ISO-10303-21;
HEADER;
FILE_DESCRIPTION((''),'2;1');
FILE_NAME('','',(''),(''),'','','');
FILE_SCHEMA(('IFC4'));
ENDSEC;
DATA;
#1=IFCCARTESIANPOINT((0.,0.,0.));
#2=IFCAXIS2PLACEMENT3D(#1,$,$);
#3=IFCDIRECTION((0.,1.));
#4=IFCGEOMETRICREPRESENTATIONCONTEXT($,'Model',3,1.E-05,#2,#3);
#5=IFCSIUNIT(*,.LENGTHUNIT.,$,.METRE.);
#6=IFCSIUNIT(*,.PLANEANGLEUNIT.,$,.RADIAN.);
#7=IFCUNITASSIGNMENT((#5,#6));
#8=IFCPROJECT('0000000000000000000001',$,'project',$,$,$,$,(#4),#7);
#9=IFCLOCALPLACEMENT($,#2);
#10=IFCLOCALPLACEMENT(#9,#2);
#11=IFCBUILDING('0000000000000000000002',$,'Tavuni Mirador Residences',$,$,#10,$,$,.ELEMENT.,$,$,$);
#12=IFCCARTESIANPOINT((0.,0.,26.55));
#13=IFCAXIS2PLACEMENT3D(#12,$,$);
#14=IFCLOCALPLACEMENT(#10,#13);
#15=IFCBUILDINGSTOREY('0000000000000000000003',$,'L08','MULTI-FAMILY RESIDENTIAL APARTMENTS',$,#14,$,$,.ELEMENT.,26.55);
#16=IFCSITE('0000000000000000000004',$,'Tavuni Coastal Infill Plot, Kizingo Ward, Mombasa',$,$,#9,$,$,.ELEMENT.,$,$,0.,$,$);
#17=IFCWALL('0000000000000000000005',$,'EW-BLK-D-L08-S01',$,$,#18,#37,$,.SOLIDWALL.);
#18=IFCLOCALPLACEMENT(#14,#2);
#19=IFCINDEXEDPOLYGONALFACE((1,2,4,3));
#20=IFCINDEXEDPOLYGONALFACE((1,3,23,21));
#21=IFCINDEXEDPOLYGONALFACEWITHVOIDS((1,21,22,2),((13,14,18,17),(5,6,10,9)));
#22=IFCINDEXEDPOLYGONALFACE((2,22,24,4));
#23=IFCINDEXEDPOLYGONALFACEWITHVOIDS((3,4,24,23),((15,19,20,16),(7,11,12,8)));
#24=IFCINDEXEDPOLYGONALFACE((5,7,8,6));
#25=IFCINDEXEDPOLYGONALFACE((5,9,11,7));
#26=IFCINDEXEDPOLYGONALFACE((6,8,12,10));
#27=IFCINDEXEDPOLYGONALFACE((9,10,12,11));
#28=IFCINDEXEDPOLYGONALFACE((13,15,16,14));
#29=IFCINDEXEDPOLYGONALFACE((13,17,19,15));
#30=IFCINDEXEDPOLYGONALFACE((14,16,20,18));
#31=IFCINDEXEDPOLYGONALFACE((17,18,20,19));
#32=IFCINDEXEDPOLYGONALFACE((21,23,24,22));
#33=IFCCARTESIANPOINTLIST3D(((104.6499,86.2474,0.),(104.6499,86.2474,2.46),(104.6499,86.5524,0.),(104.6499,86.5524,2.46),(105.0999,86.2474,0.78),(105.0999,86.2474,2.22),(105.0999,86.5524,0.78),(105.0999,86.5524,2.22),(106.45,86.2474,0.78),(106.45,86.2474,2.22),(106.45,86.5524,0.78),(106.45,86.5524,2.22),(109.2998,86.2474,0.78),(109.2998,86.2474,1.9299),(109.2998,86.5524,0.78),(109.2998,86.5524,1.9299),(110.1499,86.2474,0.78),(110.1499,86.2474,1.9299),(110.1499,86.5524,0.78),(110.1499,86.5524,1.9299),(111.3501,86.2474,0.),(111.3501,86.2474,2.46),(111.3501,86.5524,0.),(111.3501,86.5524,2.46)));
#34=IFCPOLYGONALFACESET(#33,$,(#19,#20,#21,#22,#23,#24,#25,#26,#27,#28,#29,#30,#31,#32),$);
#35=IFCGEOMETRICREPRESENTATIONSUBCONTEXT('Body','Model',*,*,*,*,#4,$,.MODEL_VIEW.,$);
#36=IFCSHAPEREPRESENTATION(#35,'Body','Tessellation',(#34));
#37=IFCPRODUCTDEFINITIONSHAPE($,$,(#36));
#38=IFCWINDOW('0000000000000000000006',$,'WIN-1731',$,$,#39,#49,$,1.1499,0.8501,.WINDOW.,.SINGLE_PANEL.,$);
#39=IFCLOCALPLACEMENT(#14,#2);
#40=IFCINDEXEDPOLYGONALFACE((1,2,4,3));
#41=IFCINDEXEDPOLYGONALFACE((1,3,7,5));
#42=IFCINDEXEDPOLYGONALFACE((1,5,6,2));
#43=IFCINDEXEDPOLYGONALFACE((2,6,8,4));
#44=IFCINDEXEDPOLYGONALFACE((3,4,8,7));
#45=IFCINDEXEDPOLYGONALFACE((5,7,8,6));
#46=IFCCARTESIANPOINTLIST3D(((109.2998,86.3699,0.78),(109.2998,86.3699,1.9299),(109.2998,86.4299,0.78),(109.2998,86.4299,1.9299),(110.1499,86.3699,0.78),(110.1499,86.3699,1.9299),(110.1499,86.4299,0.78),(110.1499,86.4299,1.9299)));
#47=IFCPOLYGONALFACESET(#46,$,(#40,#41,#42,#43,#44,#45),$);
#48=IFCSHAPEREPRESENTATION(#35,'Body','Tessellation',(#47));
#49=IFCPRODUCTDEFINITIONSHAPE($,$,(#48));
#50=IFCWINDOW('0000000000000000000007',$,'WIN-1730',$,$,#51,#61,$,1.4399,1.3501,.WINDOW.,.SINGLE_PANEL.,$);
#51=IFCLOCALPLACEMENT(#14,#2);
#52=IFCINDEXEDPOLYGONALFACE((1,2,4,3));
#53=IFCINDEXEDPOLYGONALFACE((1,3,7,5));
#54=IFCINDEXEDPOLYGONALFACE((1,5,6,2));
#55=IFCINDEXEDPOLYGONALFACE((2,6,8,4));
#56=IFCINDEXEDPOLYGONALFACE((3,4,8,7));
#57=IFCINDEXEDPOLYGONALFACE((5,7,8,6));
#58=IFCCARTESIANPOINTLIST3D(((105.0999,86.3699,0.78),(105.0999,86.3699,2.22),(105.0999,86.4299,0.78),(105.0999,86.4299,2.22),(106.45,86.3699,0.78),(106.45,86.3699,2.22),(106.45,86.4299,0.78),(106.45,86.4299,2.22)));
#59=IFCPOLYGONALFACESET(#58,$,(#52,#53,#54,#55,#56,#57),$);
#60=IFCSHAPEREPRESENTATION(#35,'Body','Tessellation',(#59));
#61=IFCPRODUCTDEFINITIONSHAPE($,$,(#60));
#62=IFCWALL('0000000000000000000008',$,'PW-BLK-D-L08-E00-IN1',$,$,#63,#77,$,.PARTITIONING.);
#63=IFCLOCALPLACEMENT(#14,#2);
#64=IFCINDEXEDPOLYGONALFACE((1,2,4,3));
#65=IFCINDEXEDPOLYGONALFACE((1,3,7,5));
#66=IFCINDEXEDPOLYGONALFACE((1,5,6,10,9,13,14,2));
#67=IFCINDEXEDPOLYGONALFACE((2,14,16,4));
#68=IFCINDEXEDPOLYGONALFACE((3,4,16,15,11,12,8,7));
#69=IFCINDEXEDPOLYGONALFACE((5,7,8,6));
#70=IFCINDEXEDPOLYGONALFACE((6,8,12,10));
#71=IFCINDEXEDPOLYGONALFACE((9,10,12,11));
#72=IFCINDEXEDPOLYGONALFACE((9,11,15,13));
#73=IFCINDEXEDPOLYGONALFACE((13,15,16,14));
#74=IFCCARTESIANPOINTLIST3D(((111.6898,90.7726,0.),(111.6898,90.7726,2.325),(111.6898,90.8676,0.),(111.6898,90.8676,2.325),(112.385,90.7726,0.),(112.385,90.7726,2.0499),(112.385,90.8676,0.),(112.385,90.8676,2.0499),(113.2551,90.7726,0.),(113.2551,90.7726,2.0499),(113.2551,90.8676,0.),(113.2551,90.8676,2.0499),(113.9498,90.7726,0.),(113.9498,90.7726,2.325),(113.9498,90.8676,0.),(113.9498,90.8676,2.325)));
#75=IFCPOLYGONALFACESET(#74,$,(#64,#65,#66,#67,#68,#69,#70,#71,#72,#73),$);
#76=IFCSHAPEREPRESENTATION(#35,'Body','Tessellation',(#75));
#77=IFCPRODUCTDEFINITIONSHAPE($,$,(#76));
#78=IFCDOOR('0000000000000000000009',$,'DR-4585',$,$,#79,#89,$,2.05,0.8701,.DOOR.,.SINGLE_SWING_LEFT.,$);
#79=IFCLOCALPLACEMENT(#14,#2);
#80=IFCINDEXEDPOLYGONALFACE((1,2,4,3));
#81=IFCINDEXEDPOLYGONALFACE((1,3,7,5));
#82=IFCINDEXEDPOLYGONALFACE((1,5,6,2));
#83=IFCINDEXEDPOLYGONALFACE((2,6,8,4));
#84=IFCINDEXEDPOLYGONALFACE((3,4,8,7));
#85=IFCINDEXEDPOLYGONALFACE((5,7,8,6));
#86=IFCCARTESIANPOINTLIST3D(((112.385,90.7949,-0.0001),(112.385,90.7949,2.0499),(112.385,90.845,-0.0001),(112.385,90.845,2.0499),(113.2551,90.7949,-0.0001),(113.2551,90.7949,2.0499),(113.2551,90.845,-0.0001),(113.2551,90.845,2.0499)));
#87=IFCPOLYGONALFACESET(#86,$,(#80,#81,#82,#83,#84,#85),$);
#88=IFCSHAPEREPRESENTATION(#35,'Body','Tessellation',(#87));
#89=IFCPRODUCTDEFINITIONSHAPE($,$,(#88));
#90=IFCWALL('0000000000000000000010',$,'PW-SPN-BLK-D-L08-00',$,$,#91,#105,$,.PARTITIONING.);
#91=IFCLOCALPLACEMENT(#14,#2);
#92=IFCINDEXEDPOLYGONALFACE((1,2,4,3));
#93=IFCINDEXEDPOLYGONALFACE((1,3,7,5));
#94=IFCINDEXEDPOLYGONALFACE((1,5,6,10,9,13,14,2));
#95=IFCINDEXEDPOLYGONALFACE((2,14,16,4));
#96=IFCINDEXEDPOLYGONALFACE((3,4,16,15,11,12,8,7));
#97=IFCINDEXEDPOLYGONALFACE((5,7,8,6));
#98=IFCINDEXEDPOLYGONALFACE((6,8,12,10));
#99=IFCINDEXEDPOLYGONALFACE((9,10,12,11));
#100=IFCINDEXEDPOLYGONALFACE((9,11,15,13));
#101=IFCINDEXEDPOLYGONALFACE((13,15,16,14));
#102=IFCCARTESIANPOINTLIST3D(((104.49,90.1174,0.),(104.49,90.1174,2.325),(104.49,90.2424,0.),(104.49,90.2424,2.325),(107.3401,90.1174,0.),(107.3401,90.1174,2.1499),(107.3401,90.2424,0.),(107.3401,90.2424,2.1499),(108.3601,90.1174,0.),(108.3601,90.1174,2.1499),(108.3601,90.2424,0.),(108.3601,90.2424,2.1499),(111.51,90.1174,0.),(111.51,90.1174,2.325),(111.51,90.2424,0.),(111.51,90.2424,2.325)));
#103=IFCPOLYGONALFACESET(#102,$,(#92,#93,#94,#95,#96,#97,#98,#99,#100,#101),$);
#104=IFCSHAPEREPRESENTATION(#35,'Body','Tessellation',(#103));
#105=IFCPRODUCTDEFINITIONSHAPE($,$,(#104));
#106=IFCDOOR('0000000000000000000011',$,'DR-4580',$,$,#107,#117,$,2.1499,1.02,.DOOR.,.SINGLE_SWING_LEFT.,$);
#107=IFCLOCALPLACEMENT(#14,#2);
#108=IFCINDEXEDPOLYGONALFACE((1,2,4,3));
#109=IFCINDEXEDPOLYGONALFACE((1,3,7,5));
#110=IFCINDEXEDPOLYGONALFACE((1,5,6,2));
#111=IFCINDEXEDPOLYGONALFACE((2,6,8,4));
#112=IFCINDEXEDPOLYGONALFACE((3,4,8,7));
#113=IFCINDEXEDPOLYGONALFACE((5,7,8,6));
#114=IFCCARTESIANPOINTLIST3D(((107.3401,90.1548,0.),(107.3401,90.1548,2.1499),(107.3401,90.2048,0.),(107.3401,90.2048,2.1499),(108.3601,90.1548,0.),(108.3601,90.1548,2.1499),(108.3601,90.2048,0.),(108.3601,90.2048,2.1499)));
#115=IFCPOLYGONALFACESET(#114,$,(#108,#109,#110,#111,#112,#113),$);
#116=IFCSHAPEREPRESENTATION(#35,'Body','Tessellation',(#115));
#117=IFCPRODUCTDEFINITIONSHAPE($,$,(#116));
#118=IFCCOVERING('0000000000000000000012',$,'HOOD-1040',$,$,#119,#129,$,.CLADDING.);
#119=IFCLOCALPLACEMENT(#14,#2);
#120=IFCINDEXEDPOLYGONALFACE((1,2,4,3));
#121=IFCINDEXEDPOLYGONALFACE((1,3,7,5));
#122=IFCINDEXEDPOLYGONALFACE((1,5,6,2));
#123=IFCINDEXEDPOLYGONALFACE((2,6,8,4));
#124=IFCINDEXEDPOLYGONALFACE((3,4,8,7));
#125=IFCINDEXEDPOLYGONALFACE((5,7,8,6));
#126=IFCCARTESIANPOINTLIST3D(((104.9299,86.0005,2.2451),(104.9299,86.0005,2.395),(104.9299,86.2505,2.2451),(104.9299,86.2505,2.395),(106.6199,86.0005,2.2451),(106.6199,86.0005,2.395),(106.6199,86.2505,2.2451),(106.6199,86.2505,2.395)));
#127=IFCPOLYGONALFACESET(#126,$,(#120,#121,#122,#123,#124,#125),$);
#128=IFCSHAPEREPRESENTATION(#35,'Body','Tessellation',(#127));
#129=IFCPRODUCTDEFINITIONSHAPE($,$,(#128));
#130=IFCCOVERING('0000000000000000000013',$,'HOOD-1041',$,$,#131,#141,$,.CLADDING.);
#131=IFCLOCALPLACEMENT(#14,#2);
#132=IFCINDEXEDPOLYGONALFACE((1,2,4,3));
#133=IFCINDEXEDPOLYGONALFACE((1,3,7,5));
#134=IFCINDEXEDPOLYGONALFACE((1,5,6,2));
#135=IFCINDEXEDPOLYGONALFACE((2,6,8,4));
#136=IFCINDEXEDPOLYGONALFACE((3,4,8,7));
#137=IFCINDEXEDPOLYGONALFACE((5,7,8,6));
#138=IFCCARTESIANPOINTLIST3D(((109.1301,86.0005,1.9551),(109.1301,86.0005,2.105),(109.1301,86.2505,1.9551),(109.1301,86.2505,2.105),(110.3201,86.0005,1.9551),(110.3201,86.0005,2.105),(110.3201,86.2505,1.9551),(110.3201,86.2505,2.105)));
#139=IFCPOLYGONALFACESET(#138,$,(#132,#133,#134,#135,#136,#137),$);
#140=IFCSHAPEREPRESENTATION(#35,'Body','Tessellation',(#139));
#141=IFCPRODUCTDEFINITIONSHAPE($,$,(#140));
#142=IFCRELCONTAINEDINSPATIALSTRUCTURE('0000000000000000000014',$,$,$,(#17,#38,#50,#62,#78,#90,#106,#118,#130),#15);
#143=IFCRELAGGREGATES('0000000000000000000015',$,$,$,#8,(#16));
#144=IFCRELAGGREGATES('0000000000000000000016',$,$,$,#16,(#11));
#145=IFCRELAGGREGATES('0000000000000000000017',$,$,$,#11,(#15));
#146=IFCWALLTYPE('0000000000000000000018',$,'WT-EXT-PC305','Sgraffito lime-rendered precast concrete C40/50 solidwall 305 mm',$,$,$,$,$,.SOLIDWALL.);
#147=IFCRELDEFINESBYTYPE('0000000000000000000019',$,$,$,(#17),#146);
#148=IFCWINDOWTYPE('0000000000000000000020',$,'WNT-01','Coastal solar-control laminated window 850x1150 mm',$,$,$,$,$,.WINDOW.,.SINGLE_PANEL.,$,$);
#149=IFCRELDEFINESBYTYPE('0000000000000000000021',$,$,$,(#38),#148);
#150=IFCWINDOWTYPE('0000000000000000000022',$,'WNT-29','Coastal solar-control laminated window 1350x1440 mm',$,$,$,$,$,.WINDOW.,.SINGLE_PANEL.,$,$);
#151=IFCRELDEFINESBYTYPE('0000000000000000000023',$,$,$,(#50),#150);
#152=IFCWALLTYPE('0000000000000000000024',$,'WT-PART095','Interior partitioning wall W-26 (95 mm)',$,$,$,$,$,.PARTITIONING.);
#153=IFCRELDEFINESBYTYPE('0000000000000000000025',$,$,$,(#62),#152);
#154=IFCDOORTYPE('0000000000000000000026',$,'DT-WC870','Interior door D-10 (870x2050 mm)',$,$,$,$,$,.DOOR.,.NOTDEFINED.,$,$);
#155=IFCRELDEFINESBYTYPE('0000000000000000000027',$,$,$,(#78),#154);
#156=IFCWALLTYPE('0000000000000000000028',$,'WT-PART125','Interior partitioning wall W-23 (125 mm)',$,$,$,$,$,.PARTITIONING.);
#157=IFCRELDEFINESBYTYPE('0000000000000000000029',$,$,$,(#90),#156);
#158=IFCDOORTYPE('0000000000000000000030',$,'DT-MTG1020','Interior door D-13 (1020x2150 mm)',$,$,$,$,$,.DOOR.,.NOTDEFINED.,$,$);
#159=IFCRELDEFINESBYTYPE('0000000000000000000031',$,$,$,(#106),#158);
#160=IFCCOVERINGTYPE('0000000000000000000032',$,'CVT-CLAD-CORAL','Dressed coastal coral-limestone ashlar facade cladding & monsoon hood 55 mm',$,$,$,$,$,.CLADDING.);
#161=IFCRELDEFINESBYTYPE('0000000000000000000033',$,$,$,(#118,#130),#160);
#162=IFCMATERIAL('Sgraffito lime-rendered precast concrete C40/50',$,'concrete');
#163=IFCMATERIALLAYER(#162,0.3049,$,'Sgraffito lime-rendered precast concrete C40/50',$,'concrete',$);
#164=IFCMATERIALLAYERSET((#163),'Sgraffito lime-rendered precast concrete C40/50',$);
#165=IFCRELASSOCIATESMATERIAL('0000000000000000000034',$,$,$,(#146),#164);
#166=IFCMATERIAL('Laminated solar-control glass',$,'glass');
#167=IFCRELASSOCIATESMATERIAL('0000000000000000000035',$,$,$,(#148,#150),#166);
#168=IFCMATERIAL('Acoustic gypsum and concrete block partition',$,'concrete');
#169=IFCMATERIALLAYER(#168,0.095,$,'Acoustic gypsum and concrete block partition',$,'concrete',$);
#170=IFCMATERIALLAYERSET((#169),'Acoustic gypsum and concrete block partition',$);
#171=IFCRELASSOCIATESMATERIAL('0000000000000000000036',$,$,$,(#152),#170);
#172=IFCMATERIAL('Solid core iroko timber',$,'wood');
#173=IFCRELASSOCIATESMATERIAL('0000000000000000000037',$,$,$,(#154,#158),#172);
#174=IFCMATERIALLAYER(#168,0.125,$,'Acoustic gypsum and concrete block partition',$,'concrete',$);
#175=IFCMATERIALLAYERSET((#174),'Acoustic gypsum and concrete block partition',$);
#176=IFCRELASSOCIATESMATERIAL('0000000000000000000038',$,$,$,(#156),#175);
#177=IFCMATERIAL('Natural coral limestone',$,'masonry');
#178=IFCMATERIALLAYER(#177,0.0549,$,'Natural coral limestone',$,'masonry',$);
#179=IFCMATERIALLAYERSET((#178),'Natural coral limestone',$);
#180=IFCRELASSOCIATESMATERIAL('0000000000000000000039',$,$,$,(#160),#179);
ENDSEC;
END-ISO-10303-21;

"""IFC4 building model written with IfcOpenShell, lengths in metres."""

from ifc_helpers import new_model, si_unit, direction, frame, frame_2d, origin, origin_2d, place, context, subcontext, project, spatial, rectangle, extrude, material, layer, layer_set, type_object, element, fill, save


model = new_model("IFC4")

# Units and contexts
model_context = context("Model", 3, precision=1e-05, world=origin(), true_north=direction((0.0, 1.0)))
body_context = subcontext(model_context, "Body", "Model", "MODEL_VIEW")
ifc_project = project(units=[si_unit("LENGTHUNIT", "METRE"), si_unit("PLANEANGLEUNIT", "RADIAN")], contexts=[model_context])

# Site, building, storey
site_placement = place(None, origin())
site = spatial("IfcSite", under=ifc_project, at=site_placement, Name="Tavuni Coastal Infill Plot, Kizingo Ward, Mombasa", CompositionType="ELEMENT", RefElevation=0.0)
building_placement = place(site_placement, origin())
building = spatial("IfcBuilding", under=site, at=building_placement, Name="Tavuni Mirador Residences", CompositionType="ELEMENT")
storey_placement = place(building_placement, frame((0.0, 0.0, 26.55)))
storey = spatial("IfcBuildingStorey", under=building, at=storey_placement, Name="L08", Description="MULTI-FAMILY RESIDENTIAL APARTMENTS", CompositionType="ELEMENT", Elevation=26.55)

# Shared definitions
ifc_material_1 = material(Name="Solid core iroko timber", Category="wood")

# Wall, openings, windows
ifc_material_2 = material(Name="Sgraffito lime-rendered precast concrete C40/50", Category="concrete")
ifc_layer_1 = layer(ifc_material_2, 0.3049, Name="Sgraffito lime-rendered precast concrete C40/50", Category="concrete")
ifc_layer_set_1 = layer_set([ifc_layer_1], Name="Sgraffito lime-rendered precast concrete C40/50")
wall_type_1 = type_object("IfcWallType", Name="WT-EXT-PC305", Description="Sgraffito lime-rendered precast concrete C40/50 solidwall 305 mm", PredefinedType="SOLIDWALL", material=ifc_layer_set_1)
wall_1_placement = place(storey_placement, frame((104.6499, 86.3999, 0.0), z_axis=(0.0, 0.0, 1.0), x_axis=(1.0, 0.0, 0.0)))
wall_1 = element("IfcWall", 1, at=wall_1_placement, inside=storey, type_object=wall_type_1, Name="EW-BLK-D-L08-S01", PredefinedType="SOLIDWALL", context=body_context, shape_type="SweptSolid", body=[
    extrude(rectangle(XDim=6.7002, YDim=0.3049, at=frame_2d((3.3501, 0.0))), origin(), (0.0, 0.0, 1.0), 2.46),
])
opening_1_placement = place(wall_1_placement, frame((0.45, 0.0, 0.78)))
opening_1 = element("IfcOpeningElement", 2, at=opening_1_placement, cuts=wall_1, PredefinedType="OPENING", context=body_context, shape_type="SweptSolid", body=[
    extrude(rectangle(XDim=1.3501, YDim=1.4399, at=frame_2d((0.675, 0.72))), frame((0.0, 0.1626, 0.0), z_axis=(0.0, -1.0, 0.0), x_axis=(1.0, 0.0, 0.0)), (0.0, 0.0, 1.0), 0.325),
])
opening_2_placement = place(wall_1_placement, frame((4.6499, 0.0, 0.78)))
opening_2 = element("IfcOpeningElement", 3, at=opening_2_placement, cuts=wall_1, PredefinedType="OPENING", context=body_context, shape_type="SweptSolid", body=[
    extrude(rectangle(XDim=0.8501, YDim=1.1499, at=frame_2d((0.425, 0.575))), frame((0.0, 0.1626, 0.0), z_axis=(0.0, -1.0, 0.0), x_axis=(1.0, 0.0, 0.0)), (0.0, 0.0, 1.0), 0.325),
])
ifc_material_3 = material(Name="Laminated solar-control glass", Category="glass")
window_type_1 = type_object("IfcWindowType", Name="WNT-01", Description="Coastal solar-control laminated window 850x1150 mm", PartitioningType="SINGLE_PANEL", PredefinedType="WINDOW", material=ifc_material_3)
window_1_placement = place(opening_2_placement, origin())
window_1 = element("IfcWindow", 4, at=window_1_placement, inside=storey, type_object=window_type_1, Name="WIN-1731", OverallHeight=1.1499, OverallWidth=0.8501, PartitioningType="SINGLE_PANEL", PredefinedType="WINDOW", context=body_context, shape_type="SweptSolid", body=[
    extrude(rectangle(XDim=0.8501, YDim=1.1499, at=frame_2d((0.425, 0.575))), frame((0.0, 0.03, 0.0), z_axis=(0.0, -1.0, 0.0), x_axis=(1.0, 0.0, 0.0)), (0.0, 0.0, 1.0), 0.0601),
])
fill(opening_2, window_1)
window_type_2 = type_object("IfcWindowType", Name="WNT-29", Description="Coastal solar-control laminated window 1350x1440 mm", PartitioningType="SINGLE_PANEL", PredefinedType="WINDOW", material=ifc_material_3)
window_2_placement = place(opening_1_placement, origin())
window_2 = element("IfcWindow", 5, at=window_2_placement, inside=storey, type_object=window_type_2, Name="WIN-1730", OverallHeight=1.4399, OverallWidth=1.3501, PartitioningType="SINGLE_PANEL", PredefinedType="WINDOW", context=body_context, shape_type="SweptSolid", body=[
    extrude(rectangle(XDim=1.3501, YDim=1.4399, at=frame_2d((0.675, 0.72))), frame((0.0, 0.03, 0.0), z_axis=(0.0, -1.0, 0.0), x_axis=(1.0, 0.0, 0.0)), (0.0, 0.0, 1.0), 0.0601),
])
fill(opening_1, window_2)

# Walls, openings, doors
ifc_material_4 = material(Name="Acoustic gypsum and concrete block partition", Category="concrete")
ifc_layer_2 = layer(ifc_material_4, 0.095, Name="Acoustic gypsum and concrete block partition", Category="concrete")
ifc_layer_set_2 = layer_set([ifc_layer_2], Name="Acoustic gypsum and concrete block partition")
wall_type_2 = type_object("IfcWallType", Name="WT-PART095", Description="Interior partitioning wall W-26 (95 mm)", PredefinedType="PARTITIONING", material=ifc_layer_set_2)
wall_2_placement = place(storey_placement, frame((111.6899, 90.8201, 0.0), z_axis=(0.0, 0.0, 1.0), x_axis=(1.0, 0.0, 0.0)))
wall_2 = element("IfcWall", 6, at=wall_2_placement, inside=storey, type_object=wall_type_2, Name="PW-BLK-D-L08-E00-IN1", PredefinedType="PARTITIONING", context=body_context, shape_type="SweptSolid", body=[
    extrude(rectangle(XDim=2.26, YDim=0.095, at=frame_2d((1.1299, 0.0))), origin(), (0.0, 0.0, 1.0), 2.325),
])
opening_3_placement = place(wall_2_placement, frame((0.6951, 0.0, 0.0)))
opening_3 = element("IfcOpeningElement", 7, at=opening_3_placement, cuts=wall_2, PredefinedType="OPENING", context=body_context, shape_type="SweptSolid", body=[
    extrude(rectangle(XDim=0.8701, YDim=2.05, at=frame_2d((0.4351, 1.0249))), frame((0.0, 0.0576, 0.0), z_axis=(0.0, -1.0, 0.0), x_axis=(1.0, 0.0, 0.0)), (0.0, 0.0, 1.0), 0.115),
])
door_type_1 = type_object("IfcDoorType", Name="DT-WC870", Description="Interior door D-10 (870x2050 mm)", OperationType="NOTDEFINED", PredefinedType="DOOR", material=ifc_material_1)
door_1_placement = place(opening_3_placement, origin())
door_1 = element("IfcDoor", 8, at=door_1_placement, inside=storey, type_object=door_type_1, Name="DR-4585", OperationType="SINGLE_SWING_LEFT", OverallHeight=2.05, OverallWidth=0.8701, PredefinedType="DOOR", context=body_context, shape_type="SweptSolid", body=[
    extrude(rectangle(XDim=0.8701, YDim=2.05, at=frame_2d((0.4351, 1.0249))), frame((0.0, 0.0249, 0.0), z_axis=(0.0, -1.0, 0.0), x_axis=(1.0, 0.0, 0.0)), (0.0, 0.0, 1.0), 0.05),
])
fill(opening_3, door_1)
ifc_layer_3 = layer(ifc_material_4, 0.125, Name="Acoustic gypsum and concrete block partition", Category="concrete")
ifc_layer_set_3 = layer_set([ifc_layer_3], Name="Acoustic gypsum and concrete block partition")
wall_type_3 = type_object("IfcWallType", Name="WT-PART125", Description="Interior partitioning wall W-23 (125 mm)", PredefinedType="PARTITIONING", material=ifc_layer_set_3)
wall_3_placement = place(storey_placement, frame((104.49, 90.1799, 0.0), z_axis=(0.0, 0.0, 1.0), x_axis=(1.0, 0.0, 0.0)))
wall_3 = element("IfcWall", 9, at=wall_3_placement, inside=storey, type_object=wall_type_3, Name="PW-SPN-BLK-D-L08-00", PredefinedType="PARTITIONING", context=body_context, shape_type="SweptSolid", body=[
    extrude(rectangle(XDim=7.02, YDim=0.125, at=frame_2d((3.51, 0.0))), origin(), (0.0, 0.0, 1.0), 2.325),
])
opening_4_placement = place(wall_3_placement, frame((2.8501, 0.0, 0.0)))
opening_4 = element("IfcOpeningElement", 10, at=opening_4_placement, cuts=wall_3, PredefinedType="OPENING", context=body_context, shape_type="SweptSolid", body=[
    extrude(rectangle(XDim=1.02, YDim=2.1499, at=frame_2d((0.51, 1.075))), frame((0.0, 0.0725, 0.0), z_axis=(0.0, -1.0, 0.0), x_axis=(1.0, 0.0, 0.0)), (0.0, 0.0, 1.0), 0.145),
])
door_type_2 = type_object("IfcDoorType", Name="DT-MTG1020", Description="Interior door D-13 (1020x2150 mm)", OperationType="NOTDEFINED", PredefinedType="DOOR", material=ifc_material_1)
door_2_placement = place(opening_4_placement, origin())
door_2 = element("IfcDoor", 11, at=door_2_placement, inside=storey, type_object=door_type_2, Name="DR-4580", OperationType="SINGLE_SWING_LEFT", OverallHeight=2.1499, OverallWidth=1.02, PredefinedType="DOOR", context=body_context, shape_type="SweptSolid", body=[
    extrude(rectangle(XDim=1.02, YDim=2.1499, at=frame_2d((0.51, 1.075))), frame((0.0, 0.0249, 0.0), z_axis=(0.0, -1.0, 0.0), x_axis=(1.0, 0.0, 0.0)), (0.0, 0.0, 1.0), 0.05),
])
fill(opening_4, door_2)

# Coverings
ifc_material_5 = material(Name="Natural coral limestone", Category="masonry")
ifc_layer_4 = layer(ifc_material_5, 0.0549, Name="Natural coral limestone", Category="masonry")
ifc_layer_set_4 = layer_set([ifc_layer_4], Name="Natural coral limestone")
covering_type = type_object("IfcCoveringType", Name="CVT-CLAD-CORAL", Description="Dressed coastal coral-limestone ashlar facade cladding & monsoon hood 55 mm", PredefinedType="CLADDING", material=ifc_layer_set_4)
covering_1_placement = place(storey_placement, frame((105.7749, 86.1255, 2.2451), z_axis=(0.0, 0.0, 1.0), x_axis=(1.0, 0.0, 0.0)))
element("IfcCovering", 12, at=covering_1_placement, inside=storey, type_object=covering_type, Name="HOOD-1040", PredefinedType="CLADDING", context=body_context, shape_type="SweptSolid", body=[
    extrude(rectangle(XDim=1.6899, YDim=0.25, at=origin_2d()), origin(), (0.0, 0.0, 1.0), 0.1499),
])
covering_2_placement = place(storey_placement, frame((109.7251, 86.1255, 1.9551), z_axis=(0.0, 0.0, 1.0), x_axis=(1.0, 0.0, 0.0)))
element("IfcCovering", 13, at=covering_2_placement, inside=storey, type_object=covering_type, Name="HOOD-1041", PredefinedType="CLADDING", context=body_context, shape_type="SweptSolid", body=[
    extrude(rectangle(XDim=1.1899, YDim=0.25, at=origin_2d()), origin(), (0.0, 0.0, 1.0), 0.1499),
])

save(model, "model.ifc")
